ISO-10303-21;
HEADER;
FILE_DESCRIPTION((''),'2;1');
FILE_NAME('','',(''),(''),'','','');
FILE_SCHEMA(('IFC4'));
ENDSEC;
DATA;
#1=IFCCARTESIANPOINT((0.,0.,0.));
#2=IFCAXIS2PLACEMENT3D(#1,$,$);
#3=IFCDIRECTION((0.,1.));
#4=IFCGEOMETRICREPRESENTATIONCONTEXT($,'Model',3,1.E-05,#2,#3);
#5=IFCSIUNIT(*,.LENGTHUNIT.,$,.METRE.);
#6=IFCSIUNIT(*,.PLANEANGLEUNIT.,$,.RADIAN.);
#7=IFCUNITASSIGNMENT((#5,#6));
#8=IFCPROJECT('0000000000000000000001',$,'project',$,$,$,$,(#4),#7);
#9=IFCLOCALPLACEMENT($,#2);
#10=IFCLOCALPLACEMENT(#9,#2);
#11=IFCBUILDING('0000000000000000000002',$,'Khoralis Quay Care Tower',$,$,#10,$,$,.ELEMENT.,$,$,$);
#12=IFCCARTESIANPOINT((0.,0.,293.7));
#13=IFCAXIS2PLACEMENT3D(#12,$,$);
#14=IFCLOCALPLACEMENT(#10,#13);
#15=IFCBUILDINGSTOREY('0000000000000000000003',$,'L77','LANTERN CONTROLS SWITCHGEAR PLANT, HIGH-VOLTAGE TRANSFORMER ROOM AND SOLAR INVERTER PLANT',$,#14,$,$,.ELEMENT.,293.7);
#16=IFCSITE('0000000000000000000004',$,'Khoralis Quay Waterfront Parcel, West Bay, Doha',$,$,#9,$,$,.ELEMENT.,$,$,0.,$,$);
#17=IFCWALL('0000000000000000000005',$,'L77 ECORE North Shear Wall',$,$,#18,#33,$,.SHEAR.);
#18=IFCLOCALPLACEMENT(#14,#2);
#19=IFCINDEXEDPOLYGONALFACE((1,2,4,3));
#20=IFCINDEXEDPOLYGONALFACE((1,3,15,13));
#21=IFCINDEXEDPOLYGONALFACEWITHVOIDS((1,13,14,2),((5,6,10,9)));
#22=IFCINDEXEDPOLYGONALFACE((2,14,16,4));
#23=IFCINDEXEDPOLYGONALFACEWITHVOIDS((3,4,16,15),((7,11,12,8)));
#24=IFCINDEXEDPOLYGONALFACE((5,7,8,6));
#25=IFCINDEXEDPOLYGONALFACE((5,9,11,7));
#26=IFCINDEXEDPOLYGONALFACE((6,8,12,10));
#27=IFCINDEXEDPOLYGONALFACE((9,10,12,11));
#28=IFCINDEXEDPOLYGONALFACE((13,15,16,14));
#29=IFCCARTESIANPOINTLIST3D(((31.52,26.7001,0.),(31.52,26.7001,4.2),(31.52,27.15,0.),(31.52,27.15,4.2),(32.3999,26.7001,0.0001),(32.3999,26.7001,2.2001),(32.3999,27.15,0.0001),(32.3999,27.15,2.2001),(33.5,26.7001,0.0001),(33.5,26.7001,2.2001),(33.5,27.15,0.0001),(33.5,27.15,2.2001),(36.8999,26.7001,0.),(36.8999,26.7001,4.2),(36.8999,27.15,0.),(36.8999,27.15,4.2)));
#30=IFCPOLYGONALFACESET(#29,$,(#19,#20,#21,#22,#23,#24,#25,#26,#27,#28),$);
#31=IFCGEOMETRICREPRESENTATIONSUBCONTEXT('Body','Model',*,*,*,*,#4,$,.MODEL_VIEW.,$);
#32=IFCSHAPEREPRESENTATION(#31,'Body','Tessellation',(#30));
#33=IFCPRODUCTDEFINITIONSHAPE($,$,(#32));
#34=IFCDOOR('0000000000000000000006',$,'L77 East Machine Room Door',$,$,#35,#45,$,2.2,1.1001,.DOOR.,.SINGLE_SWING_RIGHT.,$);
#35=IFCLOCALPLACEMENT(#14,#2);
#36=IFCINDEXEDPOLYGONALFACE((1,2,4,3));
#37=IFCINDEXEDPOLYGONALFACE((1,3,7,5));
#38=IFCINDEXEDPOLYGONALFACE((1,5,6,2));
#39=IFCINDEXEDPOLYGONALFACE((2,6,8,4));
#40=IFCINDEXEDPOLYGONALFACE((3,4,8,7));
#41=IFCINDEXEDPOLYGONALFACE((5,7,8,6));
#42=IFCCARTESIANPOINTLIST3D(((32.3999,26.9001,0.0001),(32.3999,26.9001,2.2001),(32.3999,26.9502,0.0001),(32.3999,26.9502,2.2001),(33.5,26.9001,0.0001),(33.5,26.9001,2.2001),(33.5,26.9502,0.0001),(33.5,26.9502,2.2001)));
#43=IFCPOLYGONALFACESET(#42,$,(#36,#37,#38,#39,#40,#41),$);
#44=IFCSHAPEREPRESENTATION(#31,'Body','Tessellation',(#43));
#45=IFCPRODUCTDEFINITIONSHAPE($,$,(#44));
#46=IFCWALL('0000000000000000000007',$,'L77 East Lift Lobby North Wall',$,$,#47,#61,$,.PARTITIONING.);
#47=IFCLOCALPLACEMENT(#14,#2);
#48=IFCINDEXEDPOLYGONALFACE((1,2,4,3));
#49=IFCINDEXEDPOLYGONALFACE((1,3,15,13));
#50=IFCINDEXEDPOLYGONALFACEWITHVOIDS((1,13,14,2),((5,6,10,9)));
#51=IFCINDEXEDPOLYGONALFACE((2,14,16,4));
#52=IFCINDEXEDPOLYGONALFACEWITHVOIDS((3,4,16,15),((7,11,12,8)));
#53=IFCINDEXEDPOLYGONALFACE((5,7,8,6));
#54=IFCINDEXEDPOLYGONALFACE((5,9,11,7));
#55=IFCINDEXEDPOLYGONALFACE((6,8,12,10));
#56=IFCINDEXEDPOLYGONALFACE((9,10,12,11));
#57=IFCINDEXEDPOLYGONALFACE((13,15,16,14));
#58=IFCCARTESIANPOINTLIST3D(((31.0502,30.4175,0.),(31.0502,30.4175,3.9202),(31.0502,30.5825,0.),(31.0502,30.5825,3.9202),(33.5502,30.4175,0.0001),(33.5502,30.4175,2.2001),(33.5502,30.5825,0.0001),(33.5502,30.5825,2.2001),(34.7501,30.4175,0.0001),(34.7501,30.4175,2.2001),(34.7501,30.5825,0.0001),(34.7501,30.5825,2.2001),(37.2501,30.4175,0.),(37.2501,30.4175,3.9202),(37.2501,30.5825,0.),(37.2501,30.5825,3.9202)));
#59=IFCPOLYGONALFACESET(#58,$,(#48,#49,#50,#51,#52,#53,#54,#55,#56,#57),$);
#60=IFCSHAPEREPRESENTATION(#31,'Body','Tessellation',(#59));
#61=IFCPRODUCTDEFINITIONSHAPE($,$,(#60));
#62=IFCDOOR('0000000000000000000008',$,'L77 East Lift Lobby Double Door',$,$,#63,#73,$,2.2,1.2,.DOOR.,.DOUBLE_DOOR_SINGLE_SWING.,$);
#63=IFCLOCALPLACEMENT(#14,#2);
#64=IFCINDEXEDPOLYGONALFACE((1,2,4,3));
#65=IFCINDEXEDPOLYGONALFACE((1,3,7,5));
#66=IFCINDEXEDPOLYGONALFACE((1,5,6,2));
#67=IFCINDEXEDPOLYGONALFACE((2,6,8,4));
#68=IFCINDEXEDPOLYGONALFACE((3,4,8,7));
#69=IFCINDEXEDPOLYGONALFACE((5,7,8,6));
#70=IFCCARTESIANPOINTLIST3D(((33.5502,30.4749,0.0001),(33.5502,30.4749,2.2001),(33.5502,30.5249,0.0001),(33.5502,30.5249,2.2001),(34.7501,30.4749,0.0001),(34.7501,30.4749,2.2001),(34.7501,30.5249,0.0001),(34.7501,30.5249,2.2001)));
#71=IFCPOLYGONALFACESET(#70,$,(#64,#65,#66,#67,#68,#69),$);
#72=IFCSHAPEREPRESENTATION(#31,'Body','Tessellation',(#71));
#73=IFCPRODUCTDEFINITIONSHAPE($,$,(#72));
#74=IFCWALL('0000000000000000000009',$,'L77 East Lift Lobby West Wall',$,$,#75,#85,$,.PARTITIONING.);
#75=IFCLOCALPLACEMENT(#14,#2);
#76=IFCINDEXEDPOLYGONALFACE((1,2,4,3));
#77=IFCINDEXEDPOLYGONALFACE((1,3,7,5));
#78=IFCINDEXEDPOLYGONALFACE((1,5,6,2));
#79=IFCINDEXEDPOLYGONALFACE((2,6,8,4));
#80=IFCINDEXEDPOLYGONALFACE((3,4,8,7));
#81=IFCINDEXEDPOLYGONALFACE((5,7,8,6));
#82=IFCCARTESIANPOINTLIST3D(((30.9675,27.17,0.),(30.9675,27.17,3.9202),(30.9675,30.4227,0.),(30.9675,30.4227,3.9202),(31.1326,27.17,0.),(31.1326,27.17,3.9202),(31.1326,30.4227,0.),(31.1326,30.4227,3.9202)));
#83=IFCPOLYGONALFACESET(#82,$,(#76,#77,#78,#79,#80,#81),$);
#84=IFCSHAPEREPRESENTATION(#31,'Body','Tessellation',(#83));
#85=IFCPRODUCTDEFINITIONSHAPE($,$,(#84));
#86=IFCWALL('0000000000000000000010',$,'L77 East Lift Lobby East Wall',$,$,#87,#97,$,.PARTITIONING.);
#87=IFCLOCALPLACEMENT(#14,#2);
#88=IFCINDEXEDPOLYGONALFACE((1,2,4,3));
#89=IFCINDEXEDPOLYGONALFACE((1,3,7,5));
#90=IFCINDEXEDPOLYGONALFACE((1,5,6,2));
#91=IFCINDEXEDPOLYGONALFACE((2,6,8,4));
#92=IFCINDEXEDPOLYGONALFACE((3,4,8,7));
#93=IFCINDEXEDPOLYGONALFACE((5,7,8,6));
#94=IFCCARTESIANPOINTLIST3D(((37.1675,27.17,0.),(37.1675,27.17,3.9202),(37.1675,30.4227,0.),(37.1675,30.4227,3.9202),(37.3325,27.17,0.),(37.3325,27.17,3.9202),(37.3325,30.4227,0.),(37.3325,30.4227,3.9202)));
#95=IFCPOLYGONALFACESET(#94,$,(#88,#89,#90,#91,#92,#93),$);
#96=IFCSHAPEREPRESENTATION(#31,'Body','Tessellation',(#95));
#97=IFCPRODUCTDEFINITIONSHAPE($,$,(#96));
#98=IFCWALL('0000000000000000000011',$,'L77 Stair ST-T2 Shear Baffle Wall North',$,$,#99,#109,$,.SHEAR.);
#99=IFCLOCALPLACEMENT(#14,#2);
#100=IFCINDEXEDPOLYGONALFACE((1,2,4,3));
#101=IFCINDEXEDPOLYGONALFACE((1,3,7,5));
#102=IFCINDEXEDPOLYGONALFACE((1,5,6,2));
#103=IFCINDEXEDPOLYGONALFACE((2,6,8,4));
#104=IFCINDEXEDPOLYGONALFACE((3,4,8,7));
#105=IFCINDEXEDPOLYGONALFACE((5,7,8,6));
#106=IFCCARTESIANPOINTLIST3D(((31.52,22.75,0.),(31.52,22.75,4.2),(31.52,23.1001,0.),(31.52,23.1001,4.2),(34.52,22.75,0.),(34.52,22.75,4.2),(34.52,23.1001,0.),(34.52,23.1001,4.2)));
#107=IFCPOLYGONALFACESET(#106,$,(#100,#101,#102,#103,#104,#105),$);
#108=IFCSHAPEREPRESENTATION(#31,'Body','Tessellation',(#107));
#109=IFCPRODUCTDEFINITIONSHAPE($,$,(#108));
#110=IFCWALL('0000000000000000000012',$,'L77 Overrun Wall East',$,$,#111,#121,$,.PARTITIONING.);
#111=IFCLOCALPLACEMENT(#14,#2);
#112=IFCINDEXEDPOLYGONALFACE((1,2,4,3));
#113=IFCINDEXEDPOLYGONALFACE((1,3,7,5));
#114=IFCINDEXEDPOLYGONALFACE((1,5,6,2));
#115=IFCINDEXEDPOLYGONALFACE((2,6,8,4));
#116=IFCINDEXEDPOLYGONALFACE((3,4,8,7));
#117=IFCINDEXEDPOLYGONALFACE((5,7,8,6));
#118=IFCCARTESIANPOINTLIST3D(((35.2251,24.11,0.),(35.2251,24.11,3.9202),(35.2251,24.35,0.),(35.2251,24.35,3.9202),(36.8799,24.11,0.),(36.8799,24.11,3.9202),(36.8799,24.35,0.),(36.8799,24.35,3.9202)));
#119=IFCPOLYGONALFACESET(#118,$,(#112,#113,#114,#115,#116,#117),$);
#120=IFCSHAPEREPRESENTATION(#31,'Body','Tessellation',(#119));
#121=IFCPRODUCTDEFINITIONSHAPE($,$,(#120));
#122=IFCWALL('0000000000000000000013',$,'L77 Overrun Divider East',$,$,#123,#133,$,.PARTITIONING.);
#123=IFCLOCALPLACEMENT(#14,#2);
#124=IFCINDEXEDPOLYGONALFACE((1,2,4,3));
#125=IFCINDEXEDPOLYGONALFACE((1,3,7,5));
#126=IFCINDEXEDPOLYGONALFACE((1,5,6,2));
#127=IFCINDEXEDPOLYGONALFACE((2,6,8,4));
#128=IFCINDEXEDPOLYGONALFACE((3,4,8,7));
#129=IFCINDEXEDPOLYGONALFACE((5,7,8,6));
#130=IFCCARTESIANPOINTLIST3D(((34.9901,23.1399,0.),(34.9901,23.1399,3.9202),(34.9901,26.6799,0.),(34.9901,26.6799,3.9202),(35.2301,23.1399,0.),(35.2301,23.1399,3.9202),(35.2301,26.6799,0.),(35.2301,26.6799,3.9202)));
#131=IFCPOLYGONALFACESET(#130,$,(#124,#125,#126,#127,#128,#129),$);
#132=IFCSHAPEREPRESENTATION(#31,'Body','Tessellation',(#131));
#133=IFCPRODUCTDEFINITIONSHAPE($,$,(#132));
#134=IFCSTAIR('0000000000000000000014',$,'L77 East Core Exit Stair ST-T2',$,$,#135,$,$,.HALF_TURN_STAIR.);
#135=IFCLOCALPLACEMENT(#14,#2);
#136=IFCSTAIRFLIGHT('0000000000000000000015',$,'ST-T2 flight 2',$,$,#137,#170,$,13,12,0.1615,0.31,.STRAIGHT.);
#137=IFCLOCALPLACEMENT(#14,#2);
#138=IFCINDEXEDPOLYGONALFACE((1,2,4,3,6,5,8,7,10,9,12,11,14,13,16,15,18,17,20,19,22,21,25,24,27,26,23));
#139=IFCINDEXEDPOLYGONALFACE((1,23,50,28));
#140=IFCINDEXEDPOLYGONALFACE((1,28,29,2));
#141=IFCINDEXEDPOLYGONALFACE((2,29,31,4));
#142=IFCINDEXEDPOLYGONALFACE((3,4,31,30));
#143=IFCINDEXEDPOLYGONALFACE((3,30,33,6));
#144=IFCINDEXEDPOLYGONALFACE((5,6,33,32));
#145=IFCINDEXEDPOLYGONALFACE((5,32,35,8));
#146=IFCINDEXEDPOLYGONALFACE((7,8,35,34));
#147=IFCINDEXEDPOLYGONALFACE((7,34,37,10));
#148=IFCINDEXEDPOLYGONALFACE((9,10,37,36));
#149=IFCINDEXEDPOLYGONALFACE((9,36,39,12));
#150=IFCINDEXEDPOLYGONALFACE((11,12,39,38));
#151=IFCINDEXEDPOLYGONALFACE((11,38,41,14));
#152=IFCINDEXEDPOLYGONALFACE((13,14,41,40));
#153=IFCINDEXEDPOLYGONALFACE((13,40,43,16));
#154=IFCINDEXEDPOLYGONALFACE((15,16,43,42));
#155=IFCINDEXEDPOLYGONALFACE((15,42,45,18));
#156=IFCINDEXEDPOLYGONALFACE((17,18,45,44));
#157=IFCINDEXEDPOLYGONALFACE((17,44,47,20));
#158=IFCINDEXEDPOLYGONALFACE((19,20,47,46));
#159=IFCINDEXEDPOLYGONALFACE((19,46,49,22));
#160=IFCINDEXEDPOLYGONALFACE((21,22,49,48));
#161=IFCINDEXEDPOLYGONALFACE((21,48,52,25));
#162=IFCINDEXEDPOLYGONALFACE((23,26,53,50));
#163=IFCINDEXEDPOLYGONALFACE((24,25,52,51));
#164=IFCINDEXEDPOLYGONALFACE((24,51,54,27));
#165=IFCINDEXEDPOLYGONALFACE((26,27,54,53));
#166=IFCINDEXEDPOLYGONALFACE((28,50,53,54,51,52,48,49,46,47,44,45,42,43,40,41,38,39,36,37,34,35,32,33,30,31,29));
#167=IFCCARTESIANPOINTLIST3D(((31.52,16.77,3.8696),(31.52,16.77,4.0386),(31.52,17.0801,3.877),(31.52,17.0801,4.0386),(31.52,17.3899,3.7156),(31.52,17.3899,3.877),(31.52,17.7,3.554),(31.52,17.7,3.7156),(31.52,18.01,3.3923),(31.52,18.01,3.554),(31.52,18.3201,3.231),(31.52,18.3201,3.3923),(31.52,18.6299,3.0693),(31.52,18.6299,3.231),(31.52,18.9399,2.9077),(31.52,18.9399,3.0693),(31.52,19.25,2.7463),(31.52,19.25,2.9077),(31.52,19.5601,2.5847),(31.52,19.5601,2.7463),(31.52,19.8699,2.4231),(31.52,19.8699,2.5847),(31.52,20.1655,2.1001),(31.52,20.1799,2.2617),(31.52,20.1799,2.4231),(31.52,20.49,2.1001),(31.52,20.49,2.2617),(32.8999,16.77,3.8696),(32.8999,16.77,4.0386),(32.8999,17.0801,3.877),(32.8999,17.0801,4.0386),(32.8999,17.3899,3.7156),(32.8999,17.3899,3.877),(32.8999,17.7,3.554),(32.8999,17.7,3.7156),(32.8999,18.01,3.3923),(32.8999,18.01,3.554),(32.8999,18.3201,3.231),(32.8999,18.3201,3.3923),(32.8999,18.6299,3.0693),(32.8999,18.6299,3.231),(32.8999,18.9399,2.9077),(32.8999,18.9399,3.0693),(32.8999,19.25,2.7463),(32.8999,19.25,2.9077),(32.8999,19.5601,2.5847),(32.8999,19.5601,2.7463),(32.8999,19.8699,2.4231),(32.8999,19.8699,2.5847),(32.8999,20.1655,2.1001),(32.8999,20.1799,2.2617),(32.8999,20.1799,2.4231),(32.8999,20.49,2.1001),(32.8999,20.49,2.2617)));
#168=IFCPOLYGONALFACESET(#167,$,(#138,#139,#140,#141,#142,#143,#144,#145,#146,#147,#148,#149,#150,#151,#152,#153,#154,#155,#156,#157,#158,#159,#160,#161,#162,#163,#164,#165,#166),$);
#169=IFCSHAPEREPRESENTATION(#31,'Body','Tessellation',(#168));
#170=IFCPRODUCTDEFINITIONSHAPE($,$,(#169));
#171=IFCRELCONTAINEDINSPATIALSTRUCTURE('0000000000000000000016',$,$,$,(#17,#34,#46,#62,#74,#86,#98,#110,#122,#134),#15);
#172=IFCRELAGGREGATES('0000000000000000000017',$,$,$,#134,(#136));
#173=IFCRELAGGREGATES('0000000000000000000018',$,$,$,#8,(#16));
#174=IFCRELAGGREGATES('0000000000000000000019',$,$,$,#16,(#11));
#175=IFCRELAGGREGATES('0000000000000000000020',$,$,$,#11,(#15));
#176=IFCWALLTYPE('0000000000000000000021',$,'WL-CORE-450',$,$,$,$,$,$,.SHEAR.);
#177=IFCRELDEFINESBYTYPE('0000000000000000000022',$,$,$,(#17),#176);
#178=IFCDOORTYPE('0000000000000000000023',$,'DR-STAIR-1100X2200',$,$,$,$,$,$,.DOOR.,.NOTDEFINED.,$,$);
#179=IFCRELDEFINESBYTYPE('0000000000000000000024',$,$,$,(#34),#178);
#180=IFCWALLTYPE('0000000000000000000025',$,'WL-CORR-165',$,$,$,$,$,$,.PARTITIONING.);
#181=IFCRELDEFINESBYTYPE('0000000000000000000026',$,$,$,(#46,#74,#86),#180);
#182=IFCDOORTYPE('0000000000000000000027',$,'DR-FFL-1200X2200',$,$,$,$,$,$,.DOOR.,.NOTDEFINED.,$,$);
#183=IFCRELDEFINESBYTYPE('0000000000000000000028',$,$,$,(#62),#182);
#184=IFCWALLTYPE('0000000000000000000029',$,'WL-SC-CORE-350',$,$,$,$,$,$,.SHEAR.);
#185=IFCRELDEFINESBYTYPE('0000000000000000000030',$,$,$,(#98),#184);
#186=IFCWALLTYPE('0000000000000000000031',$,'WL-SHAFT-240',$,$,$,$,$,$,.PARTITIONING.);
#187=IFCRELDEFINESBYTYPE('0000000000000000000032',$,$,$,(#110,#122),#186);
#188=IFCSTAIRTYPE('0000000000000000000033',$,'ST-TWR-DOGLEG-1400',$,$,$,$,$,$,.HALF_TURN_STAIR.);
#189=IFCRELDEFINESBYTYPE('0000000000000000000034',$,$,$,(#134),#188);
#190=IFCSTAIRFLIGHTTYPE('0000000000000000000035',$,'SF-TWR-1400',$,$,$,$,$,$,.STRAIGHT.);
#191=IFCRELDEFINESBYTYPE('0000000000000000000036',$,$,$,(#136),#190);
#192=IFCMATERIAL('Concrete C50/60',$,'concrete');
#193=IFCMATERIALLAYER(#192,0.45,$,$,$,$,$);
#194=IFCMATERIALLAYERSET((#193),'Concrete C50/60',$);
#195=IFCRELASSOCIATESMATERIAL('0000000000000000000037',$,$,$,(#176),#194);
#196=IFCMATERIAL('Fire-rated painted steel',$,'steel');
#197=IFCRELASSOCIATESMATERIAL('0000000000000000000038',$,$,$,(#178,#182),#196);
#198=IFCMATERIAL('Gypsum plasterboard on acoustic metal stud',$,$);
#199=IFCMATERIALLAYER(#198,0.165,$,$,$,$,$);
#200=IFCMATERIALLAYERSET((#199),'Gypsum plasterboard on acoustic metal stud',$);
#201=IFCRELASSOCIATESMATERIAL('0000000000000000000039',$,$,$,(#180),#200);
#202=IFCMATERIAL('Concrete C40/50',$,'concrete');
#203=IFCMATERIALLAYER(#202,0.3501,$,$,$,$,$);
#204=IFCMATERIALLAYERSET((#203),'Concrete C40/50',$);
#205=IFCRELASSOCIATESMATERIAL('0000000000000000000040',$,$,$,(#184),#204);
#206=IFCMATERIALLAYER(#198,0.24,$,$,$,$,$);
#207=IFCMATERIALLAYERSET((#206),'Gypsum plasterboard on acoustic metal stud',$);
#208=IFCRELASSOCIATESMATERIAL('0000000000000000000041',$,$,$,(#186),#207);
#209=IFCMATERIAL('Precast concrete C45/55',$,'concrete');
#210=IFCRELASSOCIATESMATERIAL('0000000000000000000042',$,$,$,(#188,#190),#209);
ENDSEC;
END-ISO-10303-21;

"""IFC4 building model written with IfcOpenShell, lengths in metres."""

from ifc_helpers import new_model, si_unit, direction, frame, frame_2d, origin, place, context, subcontext, project, spatial, polyline, rectangle, outline, extrude, source, transform, mapped, material, layer, layer_set, type_object, element, fill, aggregate, save


model = new_model("IFC4")

# Units and contexts
model_context = context("Model", 3, precision=1e-05, world=origin(), true_north=direction((0.0, 1.0)))
body_context = subcontext(model_context, "Body", "Model", "MODEL_VIEW")
ifc_project = project(units=[si_unit("LENGTHUNIT", "METRE"), si_unit("PLANEANGLEUNIT", "RADIAN")], contexts=[model_context])

# Site, building, storey
site_placement = place(None, origin())
site = spatial("IfcSite", under=ifc_project, at=site_placement, Name="Khoralis Quay Waterfront Parcel, West Bay, Doha", CompositionType="ELEMENT", RefElevation=0.0)
building_placement = place(site_placement, origin())
building = spatial("IfcBuilding", under=site, at=building_placement, Name="Khoralis Quay Care Tower", CompositionType="ELEMENT")
storey_placement = place(building_placement, frame((0.0, 0.0, 293.7)))
storey = spatial("IfcBuildingStorey", under=building, at=storey_placement, Name="L77", Description="LANTERN CONTROLS SWITCHGEAR PLANT, HIGH-VOLTAGE TRANSFORMER ROOM AND SOLAR INVERTER PLANT", CompositionType="ELEMENT", Elevation=293.7)

# Shared definitions
ifc_material_1 = material(Name="Concrete C50/60", Category="concrete")

# Shared definitions
ifc_material_2 = material(Name="Gypsum plasterboard on acoustic metal stud")

# Walls, openings, doors
ifc_layer_1 = layer(ifc_material_1, 0.45)
ifc_layer_set_1 = layer_set([ifc_layer_1], Name="Concrete C50/60")
wall_type_1 = type_object("IfcWallType", Name="WL-CORE-450", PredefinedType="SHEAR", material=ifc_layer_set_1)
wall_1_placement = place(storey_placement, frame((31.52, 26.925, 0.0), z_axis=(0.0, 0.0, 1.0), x_axis=(1.0, 0.0, 0.0)))
wall_1 = element("IfcWall", 1, at=wall_1_placement, inside=storey, type_object=wall_type_1, Name="L77 ECORE North Shear Wall", PredefinedType="SHEAR", context=body_context, shape_type="SweptSolid", body=[
    extrude(rectangle(XDim=5.3799, YDim=0.45, at=frame_2d((2.6899, 0.0))), origin(), (0.0, 0.0, 1.0), 4.2),
])
opening_1_placement = place(wall_1_placement, frame((0.8799, 0.0, 0.0)))
opening_1 = element("IfcOpeningElement", 2, at=opening_1_placement, cuts=wall_1, PredefinedType="OPENING", context=body_context, shape_type="SweptSolid", body=[
    extrude(rectangle(XDim=1.1001, YDim=2.2, at=frame_2d((0.55, 1.1001))), frame((0.0, 0.2349, 0.0), z_axis=(0.0, -1.0, 0.0), x_axis=(1.0, 0.0, 0.0)), (0.0, 0.0, 1.0), 0.47),
])
ifc_material_3 = material(Name="Fire-rated painted steel", Category="steel")
door_type_1 = type_object("IfcDoorType", Name="DR-STAIR-1100X2200", OperationType="NOTDEFINED", PredefinedType="DOOR", material=ifc_material_3)
shared_shape_1 = source(origin(), body_context, "Body", "SweptSolid", [
    extrude(rectangle(XDim=1.1001, YDim=2.2, at=frame_2d((0.55, 1.1001))), frame((0.0, 0.0249, 0.0), z_axis=(0.0, -1.0, 0.0), x_axis=(1.0, 0.0, 0.0)), (0.0, 0.0, 1.0), 0.05),
])
door_1_placement = place(opening_1_placement, frame((1.1001, 0.0, 0.0), z_axis=(0.0, 0.0, 1.0), x_axis=(-1.0, 0.0, 0.0)))
door_1 = element("IfcDoor", 3, at=door_1_placement, inside=storey, type_object=door_type_1, Name="L77 East Machine Room Door", OperationType="SINGLE_SWING_RIGHT", OverallHeight=2.2, OverallWidth=1.1001, PredefinedType="DOOR", context=body_context, shape_type="MappedRepresentation", body=[
    mapped(shared_shape_1, transform((0.0, 0.0, 0.0), scale=1.0)),
])
fill(opening_1, door_1)
ifc_layer_2 = layer(ifc_material_2, 0.165)
ifc_layer_set_2 = layer_set([ifc_layer_2], Name="Gypsum plasterboard on acoustic metal stud")
wall_type_2 = type_object("IfcWallType", Name="WL-CORR-165", PredefinedType="PARTITIONING", material=ifc_layer_set_2)
wall_2_placement = place(storey_placement, frame((31.05, 30.5, 0.0), z_axis=(0.0, 0.0, 1.0), x_axis=(1.0, 0.0, 0.0)))
wall_2 = element("IfcWall", 4, at=wall_2_placement, inside=storey, type_object=wall_type_2, Name="L77 East Lift Lobby North Wall", PredefinedType="PARTITIONING", context=body_context, shape_type="SweptSolid", body=[
    extrude(rectangle(XDim=6.2, YDim=0.165, at=frame_2d((3.1001, 0.0))), origin(), (0.0, 0.0, 1.0), 3.9202),
])
opening_2_placement = place(wall_2_placement, frame((2.5, 0.0, 0.0)))
opening_2 = element("IfcOpeningElement", 5, at=opening_2_placement, cuts=wall_2, PredefinedType="OPENING", context=body_context, shape_type="SweptSolid", body=[
    extrude(rectangle(XDim=1.2, YDim=2.2, at=frame_2d((0.6001, 1.1001))), frame((0.0, 0.0925, 0.0), z_axis=(0.0, -1.0, 0.0), x_axis=(1.0, 0.0, 0.0)), (0.0, 0.0, 1.0), 0.1851),
])
door_type_2 = type_object("IfcDoorType", Name="DR-FFL-1200X2200", OperationType="NOTDEFINED", PredefinedType="DOOR", material=ifc_material_3)
shared_shape_2 = source(origin(), body_context, "Body", "SweptSolid", [
    extrude(rectangle(XDim=1.2, YDim=2.2, at=frame_2d((0.6001, 1.1001))), frame((0.0, 0.0249, 0.0), z_axis=(0.0, -1.0, 0.0), x_axis=(1.0, 0.0, 0.0)), (0.0, 0.0, 1.0), 0.05),
])
door_2_placement = place(opening_2_placement, origin())
door_2 = element("IfcDoor", 6, at=door_2_placement, inside=storey, type_object=door_type_2, Name="L77 East Lift Lobby Double Door", OperationType="DOUBLE_DOOR_SINGLE_SWING", OverallHeight=2.2, OverallWidth=1.2, PredefinedType="DOOR", context=body_context, shape_type="MappedRepresentation", body=[
    mapped(shared_shape_2, transform((0.0, 0.0, 0.0), scale=1.0)),
])
fill(opening_2, door_2)

# Walls
for number, where, z_axis, x_axis, name in (
    (7, (31.05, 27.1699, 0.0), (0.0, 0.0, 1.0), (0.0, 1.0, 0.0), "L77 East Lift Lobby West Wall"),
    (8, (37.25, 27.1699, 0.0), (0.0, 0.0, 1.0), (0.0, 1.0, 0.0), "L77 East Lift Lobby East Wall"),
):
    element("IfcWall", number, at=place(storey_placement, frame(where, z_axis=z_axis, x_axis=x_axis)), inside=storey, type_object=wall_type_2, Name=name, PredefinedType="PARTITIONING", context=body_context, shape_type="SweptSolid", body=[
        extrude(rectangle(XDim=3.2527, YDim=0.165, at=frame_2d((1.6265, 0.0))), origin(), (0.0, 0.0, 1.0), 3.9202),
    ])
ifc_material_4 = material(Name="Concrete C40/50", Category="concrete")
ifc_layer_3 = layer(ifc_material_4, 0.3501)
ifc_layer_set_3 = layer_set([ifc_layer_3], Name="Concrete C40/50")
wall_type_3 = type_object("IfcWallType", Name="WL-SC-CORE-350", PredefinedType="SHEAR", material=ifc_layer_set_3)
wall_3_placement = place(storey_placement, frame((31.52, 22.925, 0.0), z_axis=(0.0, 0.0, 1.0), x_axis=(1.0, 0.0, 0.0)))
element("IfcWall", 9, at=wall_3_placement, inside=storey, type_object=wall_type_3, Name="L77 Stair ST-T2 Shear Baffle Wall North", PredefinedType="SHEAR", context=body_context, shape_type="SweptSolid", body=[
    extrude(rectangle(XDim=3.0, YDim=0.3501, at=frame_2d((1.5, 0.0))), origin(), (0.0, 0.0, 1.0), 4.2),
])
ifc_layer_4 = layer(ifc_material_2, 0.24)
ifc_layer_set_4 = layer_set([ifc_layer_4], Name="Gypsum plasterboard on acoustic metal stud")
wall_type_4 = type_object("IfcWallType", Name="WL-SHAFT-240", PredefinedType="PARTITIONING", material=ifc_layer_set_4)
wall_4_placement = place(storey_placement, frame((35.2251, 24.23, 0.0), z_axis=(0.0, 0.0, 1.0), x_axis=(1.0, 0.0, 0.0)))
element("IfcWall", 10, at=wall_4_placement, inside=storey, type_object=wall_type_4, Name="L77 Overrun Wall East", PredefinedType="PARTITIONING", context=body_context, shape_type="SweptSolid", body=[
    extrude(rectangle(XDim=1.6548, YDim=0.24, at=frame_2d((0.8274, 0.0))), origin(), (0.0, 0.0, 1.0), 3.9202),
])
wall_5_placement = place(storey_placement, frame((35.1101, 23.1399, 0.0), z_axis=(0.0, 0.0, 1.0), x_axis=(0.0, 1.0, 0.0)))
element("IfcWall", 11, at=wall_5_placement, inside=storey, type_object=wall_type_4, Name="L77 Overrun Divider East", PredefinedType="PARTITIONING", context=body_context, shape_type="SweptSolid", body=[
    extrude(rectangle(XDim=3.54, YDim=0.24, at=frame_2d((1.77, 0.0))), origin(), (0.0, 0.0, 1.0), 3.9202),
])

# Stair, stair flight
ifc_material_5 = material(Name="Precast concrete C45/55", Category="concrete")
stair_type = type_object("IfcStairType", Name="ST-TWR-DOGLEG-1400", PredefinedType="HALF_TURN_STAIR", material=ifc_material_5)
stair_placement = place(storey_placement, origin())
stair = element("IfcStair", 12, at=stair_placement, inside=storey, type_object=stair_type, Name="L77 East Core Exit Stair ST-T2", PredefinedType="HALF_TURN_STAIR")
stair_flight_type = type_object("IfcStairFlightType", Name="SF-TWR-1400", PredefinedType="STRAIGHT", material=ifc_material_5)
shared_shape_3 = source(origin(), body_context, "Body", "SweptSolid", [
    extrude(outline(polyline([(0.0, 0.0), (0.0, 0.1616), (0.3101, 0.1616), (0.3101, 0.323), (0.6201, 0.323), (0.6201, 0.4846), (0.9299, 0.4846), (0.9299, 0.6462), (1.24, 0.6462), (1.24, 0.8076), (1.55, 0.8076), (1.55, 0.9692), (1.8601, 0.9692), (1.8601, 1.1309), (2.1699, 1.1309), (2.1699, 1.2922), (2.48, 1.2922), (2.48, 1.4539), (2.79, 1.4539), (2.79, 1.6155), (3.1001, 1.6155), (3.1001, 1.7769), (3.4099, 1.7769), (3.4099, 1.9385), (3.72, 1.9385), (3.72, 2.1001), (3.72, 1.7695), (0.3245, 0.0), (0.0, 0.0)])), frame((0.0, 0.6899, 0.0), z_axis=(0.0, -1.0, 0.0), x_axis=(1.0, 0.0, 0.0)), (0.0, 0.0, 1.0), 1.3799),
])
stair_flight_placement = place(storey_placement, frame((32.21, 20.49, 2.1001), z_axis=(0.0, 0.0, 1.0), x_axis=(0.0, -1.0, 0.0)))
stair_flight = element("IfcStairFlight", 13, at=stair_flight_placement, type_object=stair_flight_type, Name="ST-T2 flight 2", NumberOfRisers=13, NumberOfTreads=12, PredefinedType="STRAIGHT", RiserHeight=0.1615, TreadLength=0.31, context=body_context, shape_type="MappedRepresentation", body=[
    mapped(shared_shape_3, transform((0.0, 0.0, 0.0), scale=1.0)),
])
aggregate(stair, [stair_flight])

save(model, "model.ifc")
